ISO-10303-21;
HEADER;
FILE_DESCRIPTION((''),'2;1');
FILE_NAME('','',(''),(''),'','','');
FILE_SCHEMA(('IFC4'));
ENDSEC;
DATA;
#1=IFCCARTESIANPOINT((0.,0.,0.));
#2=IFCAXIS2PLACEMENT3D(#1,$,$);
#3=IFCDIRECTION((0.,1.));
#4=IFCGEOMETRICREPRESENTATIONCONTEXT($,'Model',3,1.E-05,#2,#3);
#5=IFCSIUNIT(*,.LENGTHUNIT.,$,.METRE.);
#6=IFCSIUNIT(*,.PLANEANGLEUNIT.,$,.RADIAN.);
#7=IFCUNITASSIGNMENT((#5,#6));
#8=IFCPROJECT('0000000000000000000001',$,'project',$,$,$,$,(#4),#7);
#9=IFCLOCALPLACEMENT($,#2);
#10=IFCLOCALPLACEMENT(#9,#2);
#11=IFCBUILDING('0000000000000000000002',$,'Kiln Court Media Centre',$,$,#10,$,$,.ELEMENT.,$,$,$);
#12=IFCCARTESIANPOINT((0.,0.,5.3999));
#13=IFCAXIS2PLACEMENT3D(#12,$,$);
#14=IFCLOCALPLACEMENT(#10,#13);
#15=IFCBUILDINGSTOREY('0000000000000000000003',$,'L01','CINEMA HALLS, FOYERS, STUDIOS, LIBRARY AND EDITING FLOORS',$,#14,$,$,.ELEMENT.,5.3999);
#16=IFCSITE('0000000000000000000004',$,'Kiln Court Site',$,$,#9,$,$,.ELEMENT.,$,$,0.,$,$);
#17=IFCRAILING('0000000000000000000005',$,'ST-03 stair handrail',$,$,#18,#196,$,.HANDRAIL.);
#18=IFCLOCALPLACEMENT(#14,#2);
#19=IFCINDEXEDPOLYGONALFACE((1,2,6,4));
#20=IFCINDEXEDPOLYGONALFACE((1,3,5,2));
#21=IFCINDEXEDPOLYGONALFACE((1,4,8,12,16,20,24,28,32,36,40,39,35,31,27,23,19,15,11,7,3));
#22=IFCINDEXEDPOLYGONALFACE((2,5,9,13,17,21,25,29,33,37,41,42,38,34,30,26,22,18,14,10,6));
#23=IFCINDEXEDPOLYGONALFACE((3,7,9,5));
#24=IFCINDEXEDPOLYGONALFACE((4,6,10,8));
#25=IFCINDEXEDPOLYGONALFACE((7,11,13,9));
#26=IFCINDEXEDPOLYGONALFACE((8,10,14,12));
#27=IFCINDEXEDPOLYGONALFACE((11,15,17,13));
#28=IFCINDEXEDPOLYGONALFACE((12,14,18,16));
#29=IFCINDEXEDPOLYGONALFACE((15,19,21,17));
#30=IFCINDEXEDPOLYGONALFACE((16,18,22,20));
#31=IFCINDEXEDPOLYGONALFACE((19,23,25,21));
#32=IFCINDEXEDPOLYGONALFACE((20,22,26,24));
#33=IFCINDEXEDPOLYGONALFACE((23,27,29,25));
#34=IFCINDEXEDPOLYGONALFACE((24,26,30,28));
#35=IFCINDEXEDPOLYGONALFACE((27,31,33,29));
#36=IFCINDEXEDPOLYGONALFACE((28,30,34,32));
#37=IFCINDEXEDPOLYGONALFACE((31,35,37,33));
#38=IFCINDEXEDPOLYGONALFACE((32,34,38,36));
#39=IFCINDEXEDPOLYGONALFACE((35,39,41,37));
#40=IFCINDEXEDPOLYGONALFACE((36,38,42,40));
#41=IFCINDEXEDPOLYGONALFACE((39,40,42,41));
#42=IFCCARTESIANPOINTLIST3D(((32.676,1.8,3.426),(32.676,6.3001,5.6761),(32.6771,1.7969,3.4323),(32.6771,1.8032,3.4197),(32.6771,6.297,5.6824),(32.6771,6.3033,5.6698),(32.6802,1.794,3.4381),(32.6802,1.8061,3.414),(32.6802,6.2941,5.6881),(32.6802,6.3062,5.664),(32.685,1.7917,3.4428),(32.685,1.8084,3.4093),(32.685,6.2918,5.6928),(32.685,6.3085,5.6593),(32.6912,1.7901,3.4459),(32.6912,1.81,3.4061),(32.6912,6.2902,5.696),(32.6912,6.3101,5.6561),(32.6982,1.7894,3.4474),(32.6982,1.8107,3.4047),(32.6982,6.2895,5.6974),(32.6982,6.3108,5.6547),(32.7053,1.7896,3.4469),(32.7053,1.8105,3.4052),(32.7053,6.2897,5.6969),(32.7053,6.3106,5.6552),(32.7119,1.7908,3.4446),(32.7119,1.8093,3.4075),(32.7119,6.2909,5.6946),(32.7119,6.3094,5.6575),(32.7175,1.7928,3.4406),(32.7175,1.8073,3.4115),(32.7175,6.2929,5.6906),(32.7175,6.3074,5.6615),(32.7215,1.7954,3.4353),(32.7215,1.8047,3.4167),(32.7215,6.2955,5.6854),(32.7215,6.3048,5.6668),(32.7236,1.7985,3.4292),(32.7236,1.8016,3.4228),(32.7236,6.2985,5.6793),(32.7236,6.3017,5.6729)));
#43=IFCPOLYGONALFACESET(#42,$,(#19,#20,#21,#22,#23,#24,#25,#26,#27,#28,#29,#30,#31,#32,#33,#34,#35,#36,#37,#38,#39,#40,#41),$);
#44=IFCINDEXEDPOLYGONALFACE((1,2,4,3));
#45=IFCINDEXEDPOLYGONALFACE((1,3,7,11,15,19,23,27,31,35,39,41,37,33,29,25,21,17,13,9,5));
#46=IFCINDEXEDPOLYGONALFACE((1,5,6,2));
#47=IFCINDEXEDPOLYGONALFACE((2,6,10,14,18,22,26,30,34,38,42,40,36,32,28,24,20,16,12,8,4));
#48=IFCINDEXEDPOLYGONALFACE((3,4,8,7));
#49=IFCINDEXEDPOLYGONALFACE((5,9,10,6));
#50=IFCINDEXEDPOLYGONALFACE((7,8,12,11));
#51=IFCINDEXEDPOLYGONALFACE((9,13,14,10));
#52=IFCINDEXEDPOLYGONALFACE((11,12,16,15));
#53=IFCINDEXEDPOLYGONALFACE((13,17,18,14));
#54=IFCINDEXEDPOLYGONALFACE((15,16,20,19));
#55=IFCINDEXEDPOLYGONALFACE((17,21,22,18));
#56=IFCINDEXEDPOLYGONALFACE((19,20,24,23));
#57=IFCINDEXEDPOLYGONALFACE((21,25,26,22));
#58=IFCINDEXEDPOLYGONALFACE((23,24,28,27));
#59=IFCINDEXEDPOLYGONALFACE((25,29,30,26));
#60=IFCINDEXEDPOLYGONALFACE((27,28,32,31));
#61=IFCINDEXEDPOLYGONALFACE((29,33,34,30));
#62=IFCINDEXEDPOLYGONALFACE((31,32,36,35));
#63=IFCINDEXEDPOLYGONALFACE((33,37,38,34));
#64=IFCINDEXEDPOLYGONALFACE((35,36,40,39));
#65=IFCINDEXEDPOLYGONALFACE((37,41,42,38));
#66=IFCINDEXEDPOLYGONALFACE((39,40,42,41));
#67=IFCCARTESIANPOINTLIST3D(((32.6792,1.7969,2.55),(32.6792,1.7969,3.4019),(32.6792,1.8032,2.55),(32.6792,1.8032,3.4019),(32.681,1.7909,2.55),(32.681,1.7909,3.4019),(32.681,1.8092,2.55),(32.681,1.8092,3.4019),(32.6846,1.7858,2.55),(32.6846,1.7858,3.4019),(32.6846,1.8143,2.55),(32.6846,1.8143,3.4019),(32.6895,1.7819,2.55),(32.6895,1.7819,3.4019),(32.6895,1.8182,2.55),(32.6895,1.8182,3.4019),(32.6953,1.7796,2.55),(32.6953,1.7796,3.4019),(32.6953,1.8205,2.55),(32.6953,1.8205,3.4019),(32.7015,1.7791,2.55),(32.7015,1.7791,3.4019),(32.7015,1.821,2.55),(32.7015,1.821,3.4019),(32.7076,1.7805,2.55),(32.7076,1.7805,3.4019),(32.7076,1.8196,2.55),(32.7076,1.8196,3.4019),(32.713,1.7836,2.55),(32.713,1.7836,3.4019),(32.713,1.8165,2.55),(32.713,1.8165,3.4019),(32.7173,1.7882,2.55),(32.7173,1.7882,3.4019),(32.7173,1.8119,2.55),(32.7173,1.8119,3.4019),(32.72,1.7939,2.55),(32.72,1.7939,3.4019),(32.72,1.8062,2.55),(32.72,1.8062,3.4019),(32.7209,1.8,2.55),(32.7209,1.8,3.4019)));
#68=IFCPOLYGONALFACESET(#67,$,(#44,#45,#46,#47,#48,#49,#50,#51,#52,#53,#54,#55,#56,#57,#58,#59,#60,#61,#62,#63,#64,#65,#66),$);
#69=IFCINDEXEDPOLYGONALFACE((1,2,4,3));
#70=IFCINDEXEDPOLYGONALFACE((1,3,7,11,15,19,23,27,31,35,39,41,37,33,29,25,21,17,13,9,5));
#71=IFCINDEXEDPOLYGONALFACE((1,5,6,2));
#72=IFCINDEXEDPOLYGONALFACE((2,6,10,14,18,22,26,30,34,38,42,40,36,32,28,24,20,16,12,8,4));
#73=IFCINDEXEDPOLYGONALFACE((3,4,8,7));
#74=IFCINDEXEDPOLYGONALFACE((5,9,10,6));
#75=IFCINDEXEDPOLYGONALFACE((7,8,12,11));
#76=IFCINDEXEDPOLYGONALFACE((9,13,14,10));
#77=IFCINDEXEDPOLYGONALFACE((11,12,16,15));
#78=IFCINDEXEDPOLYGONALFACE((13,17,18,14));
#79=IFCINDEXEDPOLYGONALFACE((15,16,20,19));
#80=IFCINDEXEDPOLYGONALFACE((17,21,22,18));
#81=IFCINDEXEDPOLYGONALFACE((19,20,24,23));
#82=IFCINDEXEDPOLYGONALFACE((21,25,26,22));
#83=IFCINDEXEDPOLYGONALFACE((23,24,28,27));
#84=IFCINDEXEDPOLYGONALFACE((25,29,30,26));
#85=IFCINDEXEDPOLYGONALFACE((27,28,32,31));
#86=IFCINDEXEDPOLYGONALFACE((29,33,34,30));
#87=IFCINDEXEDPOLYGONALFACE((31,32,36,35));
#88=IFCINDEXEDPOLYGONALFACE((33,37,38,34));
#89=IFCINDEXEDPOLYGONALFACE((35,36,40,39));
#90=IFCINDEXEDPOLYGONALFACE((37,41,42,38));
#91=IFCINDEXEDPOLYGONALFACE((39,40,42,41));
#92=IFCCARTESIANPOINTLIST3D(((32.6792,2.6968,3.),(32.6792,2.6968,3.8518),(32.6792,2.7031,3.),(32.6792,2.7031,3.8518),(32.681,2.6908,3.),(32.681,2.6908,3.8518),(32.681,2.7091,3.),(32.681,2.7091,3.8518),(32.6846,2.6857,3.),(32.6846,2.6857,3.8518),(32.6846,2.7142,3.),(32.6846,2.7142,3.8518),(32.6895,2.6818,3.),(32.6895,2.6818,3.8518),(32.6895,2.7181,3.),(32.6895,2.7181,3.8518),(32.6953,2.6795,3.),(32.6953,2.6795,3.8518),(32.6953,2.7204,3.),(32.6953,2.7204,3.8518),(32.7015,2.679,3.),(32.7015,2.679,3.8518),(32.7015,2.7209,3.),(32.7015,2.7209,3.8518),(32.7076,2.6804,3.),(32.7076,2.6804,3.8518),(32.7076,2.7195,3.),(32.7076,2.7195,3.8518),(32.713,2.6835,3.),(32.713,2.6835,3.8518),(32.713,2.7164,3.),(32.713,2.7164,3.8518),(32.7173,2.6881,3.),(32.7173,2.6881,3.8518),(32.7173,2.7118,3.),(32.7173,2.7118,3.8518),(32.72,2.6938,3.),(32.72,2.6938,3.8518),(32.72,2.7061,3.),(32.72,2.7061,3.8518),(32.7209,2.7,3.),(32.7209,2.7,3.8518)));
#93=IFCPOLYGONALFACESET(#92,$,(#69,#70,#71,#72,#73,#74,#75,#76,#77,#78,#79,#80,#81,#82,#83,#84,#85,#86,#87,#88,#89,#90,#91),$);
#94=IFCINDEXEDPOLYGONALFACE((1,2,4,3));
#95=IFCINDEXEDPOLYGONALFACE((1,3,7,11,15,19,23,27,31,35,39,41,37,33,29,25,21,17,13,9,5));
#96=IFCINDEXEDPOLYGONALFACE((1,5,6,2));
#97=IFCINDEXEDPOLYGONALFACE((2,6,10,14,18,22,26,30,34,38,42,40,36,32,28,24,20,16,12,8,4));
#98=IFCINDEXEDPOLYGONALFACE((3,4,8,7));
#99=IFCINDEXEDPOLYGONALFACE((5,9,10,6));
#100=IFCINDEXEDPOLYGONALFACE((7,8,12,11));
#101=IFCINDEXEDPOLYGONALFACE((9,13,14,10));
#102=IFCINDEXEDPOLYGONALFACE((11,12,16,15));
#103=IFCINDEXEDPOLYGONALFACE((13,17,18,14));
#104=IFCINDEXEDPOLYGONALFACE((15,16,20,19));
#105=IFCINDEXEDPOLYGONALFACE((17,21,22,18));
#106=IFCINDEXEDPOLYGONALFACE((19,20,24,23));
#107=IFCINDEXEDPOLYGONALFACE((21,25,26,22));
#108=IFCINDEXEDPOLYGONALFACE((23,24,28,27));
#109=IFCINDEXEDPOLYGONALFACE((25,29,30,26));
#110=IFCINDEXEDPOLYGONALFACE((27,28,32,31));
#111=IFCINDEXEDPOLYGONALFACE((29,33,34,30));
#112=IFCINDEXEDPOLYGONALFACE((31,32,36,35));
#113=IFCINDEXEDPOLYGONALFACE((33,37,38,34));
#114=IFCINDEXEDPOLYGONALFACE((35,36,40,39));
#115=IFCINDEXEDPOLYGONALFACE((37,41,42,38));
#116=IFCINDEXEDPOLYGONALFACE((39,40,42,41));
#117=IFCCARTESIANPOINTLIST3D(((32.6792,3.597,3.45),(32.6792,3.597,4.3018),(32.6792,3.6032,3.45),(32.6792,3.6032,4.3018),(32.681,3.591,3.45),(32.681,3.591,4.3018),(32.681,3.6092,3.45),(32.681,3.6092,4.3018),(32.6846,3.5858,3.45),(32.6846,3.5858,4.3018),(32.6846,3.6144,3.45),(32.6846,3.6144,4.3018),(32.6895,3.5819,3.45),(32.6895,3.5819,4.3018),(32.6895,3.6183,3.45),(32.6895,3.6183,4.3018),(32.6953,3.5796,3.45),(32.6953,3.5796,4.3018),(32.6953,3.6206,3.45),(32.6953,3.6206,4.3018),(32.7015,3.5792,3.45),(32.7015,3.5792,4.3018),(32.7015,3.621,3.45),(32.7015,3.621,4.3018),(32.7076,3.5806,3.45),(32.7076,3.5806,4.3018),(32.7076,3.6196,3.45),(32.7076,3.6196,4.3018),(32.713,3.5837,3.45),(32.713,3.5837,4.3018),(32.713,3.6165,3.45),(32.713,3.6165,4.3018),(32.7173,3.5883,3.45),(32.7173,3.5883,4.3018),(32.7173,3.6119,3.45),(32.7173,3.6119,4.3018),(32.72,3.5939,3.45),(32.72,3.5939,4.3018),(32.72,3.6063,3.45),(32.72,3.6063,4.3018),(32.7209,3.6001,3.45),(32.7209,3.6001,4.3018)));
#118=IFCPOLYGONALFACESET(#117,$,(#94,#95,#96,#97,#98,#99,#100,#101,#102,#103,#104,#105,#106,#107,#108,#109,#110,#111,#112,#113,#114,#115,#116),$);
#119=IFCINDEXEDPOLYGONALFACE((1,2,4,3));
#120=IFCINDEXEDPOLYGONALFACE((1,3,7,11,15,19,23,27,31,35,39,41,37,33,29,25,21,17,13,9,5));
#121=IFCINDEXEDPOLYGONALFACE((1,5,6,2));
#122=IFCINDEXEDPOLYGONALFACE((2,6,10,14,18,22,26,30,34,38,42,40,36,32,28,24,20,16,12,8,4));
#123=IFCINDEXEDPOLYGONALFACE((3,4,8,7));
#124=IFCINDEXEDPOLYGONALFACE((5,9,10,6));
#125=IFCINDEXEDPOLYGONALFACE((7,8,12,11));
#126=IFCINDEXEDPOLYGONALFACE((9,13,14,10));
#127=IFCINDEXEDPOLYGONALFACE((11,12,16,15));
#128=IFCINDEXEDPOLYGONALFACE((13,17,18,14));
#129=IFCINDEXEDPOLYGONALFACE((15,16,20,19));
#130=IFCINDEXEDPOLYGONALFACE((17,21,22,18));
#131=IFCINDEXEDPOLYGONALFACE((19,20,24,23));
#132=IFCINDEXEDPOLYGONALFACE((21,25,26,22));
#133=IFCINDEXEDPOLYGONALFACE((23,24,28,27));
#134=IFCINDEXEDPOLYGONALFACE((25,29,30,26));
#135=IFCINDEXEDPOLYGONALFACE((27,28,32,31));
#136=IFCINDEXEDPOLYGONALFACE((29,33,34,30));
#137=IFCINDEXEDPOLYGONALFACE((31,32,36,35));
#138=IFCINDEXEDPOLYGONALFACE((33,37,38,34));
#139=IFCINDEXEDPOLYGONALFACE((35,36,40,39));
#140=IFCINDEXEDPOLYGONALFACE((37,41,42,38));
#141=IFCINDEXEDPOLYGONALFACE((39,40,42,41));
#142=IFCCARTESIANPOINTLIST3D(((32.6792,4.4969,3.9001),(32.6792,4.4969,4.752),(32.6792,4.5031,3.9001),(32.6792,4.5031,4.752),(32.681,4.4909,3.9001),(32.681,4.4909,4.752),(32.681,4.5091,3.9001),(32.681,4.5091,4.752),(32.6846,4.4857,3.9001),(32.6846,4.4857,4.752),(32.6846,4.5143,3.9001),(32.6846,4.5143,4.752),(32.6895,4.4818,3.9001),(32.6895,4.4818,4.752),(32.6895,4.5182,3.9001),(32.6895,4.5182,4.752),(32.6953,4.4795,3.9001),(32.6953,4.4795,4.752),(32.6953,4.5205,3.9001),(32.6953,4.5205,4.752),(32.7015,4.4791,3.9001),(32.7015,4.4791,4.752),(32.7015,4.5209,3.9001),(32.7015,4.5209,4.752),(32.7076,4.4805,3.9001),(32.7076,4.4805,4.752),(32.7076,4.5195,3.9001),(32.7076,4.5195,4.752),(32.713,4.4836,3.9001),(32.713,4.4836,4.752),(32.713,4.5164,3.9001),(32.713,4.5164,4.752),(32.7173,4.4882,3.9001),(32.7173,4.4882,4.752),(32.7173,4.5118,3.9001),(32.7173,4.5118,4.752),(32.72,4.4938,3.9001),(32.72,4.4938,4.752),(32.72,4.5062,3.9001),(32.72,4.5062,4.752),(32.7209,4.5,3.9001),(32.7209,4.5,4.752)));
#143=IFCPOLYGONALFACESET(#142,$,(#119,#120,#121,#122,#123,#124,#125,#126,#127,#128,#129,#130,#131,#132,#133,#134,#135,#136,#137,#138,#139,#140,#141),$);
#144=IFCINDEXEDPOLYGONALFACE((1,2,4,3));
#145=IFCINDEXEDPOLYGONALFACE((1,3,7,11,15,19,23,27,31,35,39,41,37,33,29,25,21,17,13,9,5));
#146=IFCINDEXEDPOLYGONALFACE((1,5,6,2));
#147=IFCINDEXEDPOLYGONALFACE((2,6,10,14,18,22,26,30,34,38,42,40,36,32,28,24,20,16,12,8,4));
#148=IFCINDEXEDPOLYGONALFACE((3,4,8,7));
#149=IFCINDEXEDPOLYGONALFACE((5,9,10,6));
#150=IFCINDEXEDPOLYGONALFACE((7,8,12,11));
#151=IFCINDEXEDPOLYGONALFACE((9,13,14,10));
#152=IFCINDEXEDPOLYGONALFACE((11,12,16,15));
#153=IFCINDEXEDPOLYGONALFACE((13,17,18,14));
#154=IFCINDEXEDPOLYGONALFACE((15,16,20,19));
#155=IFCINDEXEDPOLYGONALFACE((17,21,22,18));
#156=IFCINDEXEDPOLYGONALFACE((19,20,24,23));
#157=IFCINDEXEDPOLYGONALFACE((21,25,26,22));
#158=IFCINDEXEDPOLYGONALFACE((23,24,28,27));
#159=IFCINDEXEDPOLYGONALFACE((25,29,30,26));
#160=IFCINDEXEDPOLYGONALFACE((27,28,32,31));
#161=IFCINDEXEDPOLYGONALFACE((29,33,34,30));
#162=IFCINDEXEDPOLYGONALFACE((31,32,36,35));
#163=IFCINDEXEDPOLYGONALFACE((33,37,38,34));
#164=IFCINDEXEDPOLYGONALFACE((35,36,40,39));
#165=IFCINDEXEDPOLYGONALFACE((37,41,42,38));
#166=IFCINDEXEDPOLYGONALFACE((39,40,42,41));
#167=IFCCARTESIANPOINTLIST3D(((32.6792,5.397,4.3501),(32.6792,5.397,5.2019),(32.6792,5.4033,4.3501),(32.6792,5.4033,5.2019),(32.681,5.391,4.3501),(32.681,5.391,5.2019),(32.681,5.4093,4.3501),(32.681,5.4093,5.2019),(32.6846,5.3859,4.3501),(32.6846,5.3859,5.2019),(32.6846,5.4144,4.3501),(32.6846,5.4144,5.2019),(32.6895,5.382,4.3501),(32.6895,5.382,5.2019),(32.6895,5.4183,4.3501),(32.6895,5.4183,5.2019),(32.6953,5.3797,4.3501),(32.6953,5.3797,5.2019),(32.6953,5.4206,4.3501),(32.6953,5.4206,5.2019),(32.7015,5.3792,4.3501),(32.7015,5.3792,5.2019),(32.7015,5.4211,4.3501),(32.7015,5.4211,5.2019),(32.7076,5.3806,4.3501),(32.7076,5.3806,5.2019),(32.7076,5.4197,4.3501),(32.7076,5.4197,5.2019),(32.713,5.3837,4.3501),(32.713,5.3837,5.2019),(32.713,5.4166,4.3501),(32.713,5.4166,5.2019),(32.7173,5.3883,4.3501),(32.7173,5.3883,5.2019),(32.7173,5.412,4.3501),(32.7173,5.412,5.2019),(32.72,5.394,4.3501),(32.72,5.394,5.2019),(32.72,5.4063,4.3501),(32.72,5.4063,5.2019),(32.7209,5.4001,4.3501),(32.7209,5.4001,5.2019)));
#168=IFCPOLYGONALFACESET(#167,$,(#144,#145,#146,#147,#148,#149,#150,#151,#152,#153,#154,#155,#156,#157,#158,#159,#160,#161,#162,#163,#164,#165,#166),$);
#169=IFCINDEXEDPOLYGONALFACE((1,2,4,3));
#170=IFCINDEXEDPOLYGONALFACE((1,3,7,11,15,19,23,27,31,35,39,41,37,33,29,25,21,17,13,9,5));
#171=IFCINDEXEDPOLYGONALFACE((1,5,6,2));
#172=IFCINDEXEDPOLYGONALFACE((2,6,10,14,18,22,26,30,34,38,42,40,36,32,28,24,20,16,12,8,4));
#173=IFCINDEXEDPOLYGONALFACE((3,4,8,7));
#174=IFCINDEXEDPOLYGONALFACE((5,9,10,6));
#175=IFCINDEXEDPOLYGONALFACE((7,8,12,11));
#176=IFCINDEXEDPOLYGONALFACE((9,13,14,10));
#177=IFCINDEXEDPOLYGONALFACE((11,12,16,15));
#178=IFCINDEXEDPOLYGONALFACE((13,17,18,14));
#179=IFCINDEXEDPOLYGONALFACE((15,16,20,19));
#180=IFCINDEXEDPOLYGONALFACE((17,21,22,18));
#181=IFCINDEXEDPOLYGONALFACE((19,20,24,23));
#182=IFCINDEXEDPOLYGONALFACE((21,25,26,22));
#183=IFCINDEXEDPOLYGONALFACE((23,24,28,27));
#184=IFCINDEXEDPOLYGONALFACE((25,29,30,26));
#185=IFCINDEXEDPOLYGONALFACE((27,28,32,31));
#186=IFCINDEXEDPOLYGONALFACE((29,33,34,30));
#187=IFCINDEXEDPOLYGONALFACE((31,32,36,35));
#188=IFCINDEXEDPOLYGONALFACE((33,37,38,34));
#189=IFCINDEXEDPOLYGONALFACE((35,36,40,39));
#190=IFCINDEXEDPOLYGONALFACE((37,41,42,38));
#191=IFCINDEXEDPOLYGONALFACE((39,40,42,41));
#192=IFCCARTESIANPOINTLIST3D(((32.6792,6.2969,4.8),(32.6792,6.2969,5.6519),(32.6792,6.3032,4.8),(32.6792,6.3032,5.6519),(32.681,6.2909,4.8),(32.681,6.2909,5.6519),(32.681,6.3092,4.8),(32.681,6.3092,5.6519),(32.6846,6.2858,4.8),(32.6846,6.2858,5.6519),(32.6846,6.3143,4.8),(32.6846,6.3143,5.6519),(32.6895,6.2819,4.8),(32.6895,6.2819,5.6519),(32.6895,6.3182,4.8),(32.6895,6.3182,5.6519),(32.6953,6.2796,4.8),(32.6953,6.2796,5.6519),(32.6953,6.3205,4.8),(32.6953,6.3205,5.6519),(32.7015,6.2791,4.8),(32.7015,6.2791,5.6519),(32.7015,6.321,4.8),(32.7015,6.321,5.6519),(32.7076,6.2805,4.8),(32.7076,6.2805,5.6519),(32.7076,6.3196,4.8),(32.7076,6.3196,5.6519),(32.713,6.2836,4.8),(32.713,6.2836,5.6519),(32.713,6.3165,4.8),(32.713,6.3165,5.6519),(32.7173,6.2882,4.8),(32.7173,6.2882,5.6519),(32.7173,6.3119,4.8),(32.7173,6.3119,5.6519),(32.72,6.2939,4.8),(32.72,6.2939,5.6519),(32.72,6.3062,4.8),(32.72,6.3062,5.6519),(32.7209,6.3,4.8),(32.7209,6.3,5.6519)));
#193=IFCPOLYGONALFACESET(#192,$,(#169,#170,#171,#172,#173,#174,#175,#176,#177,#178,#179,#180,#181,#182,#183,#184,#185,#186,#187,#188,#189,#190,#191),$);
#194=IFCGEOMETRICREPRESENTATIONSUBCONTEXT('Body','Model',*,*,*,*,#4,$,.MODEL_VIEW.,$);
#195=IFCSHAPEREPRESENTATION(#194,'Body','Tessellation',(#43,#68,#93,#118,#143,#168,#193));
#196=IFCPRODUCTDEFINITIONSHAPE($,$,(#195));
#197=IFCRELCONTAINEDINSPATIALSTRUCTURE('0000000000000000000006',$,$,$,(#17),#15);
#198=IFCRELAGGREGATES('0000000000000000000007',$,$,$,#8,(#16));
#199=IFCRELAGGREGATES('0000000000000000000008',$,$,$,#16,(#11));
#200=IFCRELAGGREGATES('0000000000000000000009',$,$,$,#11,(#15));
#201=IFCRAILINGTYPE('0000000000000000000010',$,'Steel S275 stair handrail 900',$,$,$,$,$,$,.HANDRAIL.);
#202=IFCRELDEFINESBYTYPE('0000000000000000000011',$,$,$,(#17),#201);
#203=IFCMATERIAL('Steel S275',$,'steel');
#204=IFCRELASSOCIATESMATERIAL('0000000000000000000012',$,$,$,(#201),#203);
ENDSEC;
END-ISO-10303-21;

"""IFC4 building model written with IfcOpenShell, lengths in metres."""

from ifc_helpers import new_model, si_unit, direction, frame, origin, origin_2d, place, context, subcontext, project, spatial, circle, extrude, material, type_object, element, save


model = new_model("IFC4")

# Units and contexts
model_context = context("Model", 3, precision=1e-05, world=origin(), true_north=direction((0.0, 1.0)))
body_context = subcontext(model_context, "Body", "Model", "MODEL_VIEW")
ifc_project = project(units=[si_unit("LENGTHUNIT", "METRE"), si_unit("PLANEANGLEUNIT", "RADIAN")], contexts=[model_context])

# Site, building, storey
site_placement = place(None, origin())
site = spatial("IfcSite", under=ifc_project, at=site_placement, Name="Kiln Court Site", CompositionType="ELEMENT", RefElevation=0.0)
building_placement = place(site_placement, origin())
building = spatial("IfcBuilding", under=site, at=building_placement, Name="Kiln Court Media Centre", CompositionType="ELEMENT")
storey_placement = place(building_placement, frame((0.0, 0.0, 5.3999)))
storey = spatial("IfcBuildingStorey", under=building, at=storey_placement, Name="L01", Description="CINEMA HALLS, FOYERS, STUDIOS, LIBRARY AND EDITING FLOORS", CompositionType="ELEMENT", Elevation=5.3999)

# Railing
ifc_material_1 = material(Name="Steel S275", Category="steel")
railing_type_1 = type_object("IfcRailingType", Name="Steel S275 stair handrail 900", PredefinedType="HANDRAIL", material=ifc_material_1)
railing_1_placement = place(storey_placement, frame((32.7, 1.8, 2.55)))
element("IfcRailing", 1, at=railing_1_placement, inside=storey, type_object=railing_type_1, Name="ST-03 stair handrail", PredefinedType="HANDRAIL", context=body_context, shape_type="SweptSolid", body=[
    extrude(circle(Radius=0.0239, at=origin_2d()), frame((0.0, 0.0, 0.876), z_axis=(0.0, 0.894427, 0.447214), x_axis=(-1.0, 0.0, 0.0)), (0.0, 0.0, 1.0), 5.0312),
    extrude(circle(Radius=0.021, at=origin_2d()), origin(), (0.0, 0.0, 1.0), 0.8518),
    extrude(circle(Radius=0.021, at=origin_2d()), frame((0.0, 0.8999, 0.45)), (0.0, 0.0, 1.0), 0.8518),
    extrude(circle(Radius=0.021, at=origin_2d()), frame((0.0, 1.8, 0.8999)), (0.0, 0.0, 1.0), 0.8518),
    extrude(circle(Radius=0.021, at=origin_2d()), frame((0.0, 2.7, 1.3501)), (0.0, 0.0, 1.0), 0.8518),
    extrude(circle(Radius=0.021, at=origin_2d()), frame((0.0, 3.6001, 1.8)), (0.0, 0.0, 1.0), 0.8518),
    extrude(circle(Radius=0.021, at=origin_2d()), frame((0.0, 4.5, 2.25)), (0.0, 0.0, 1.0), 0.8518),
])

save(model, "model.ifc")
